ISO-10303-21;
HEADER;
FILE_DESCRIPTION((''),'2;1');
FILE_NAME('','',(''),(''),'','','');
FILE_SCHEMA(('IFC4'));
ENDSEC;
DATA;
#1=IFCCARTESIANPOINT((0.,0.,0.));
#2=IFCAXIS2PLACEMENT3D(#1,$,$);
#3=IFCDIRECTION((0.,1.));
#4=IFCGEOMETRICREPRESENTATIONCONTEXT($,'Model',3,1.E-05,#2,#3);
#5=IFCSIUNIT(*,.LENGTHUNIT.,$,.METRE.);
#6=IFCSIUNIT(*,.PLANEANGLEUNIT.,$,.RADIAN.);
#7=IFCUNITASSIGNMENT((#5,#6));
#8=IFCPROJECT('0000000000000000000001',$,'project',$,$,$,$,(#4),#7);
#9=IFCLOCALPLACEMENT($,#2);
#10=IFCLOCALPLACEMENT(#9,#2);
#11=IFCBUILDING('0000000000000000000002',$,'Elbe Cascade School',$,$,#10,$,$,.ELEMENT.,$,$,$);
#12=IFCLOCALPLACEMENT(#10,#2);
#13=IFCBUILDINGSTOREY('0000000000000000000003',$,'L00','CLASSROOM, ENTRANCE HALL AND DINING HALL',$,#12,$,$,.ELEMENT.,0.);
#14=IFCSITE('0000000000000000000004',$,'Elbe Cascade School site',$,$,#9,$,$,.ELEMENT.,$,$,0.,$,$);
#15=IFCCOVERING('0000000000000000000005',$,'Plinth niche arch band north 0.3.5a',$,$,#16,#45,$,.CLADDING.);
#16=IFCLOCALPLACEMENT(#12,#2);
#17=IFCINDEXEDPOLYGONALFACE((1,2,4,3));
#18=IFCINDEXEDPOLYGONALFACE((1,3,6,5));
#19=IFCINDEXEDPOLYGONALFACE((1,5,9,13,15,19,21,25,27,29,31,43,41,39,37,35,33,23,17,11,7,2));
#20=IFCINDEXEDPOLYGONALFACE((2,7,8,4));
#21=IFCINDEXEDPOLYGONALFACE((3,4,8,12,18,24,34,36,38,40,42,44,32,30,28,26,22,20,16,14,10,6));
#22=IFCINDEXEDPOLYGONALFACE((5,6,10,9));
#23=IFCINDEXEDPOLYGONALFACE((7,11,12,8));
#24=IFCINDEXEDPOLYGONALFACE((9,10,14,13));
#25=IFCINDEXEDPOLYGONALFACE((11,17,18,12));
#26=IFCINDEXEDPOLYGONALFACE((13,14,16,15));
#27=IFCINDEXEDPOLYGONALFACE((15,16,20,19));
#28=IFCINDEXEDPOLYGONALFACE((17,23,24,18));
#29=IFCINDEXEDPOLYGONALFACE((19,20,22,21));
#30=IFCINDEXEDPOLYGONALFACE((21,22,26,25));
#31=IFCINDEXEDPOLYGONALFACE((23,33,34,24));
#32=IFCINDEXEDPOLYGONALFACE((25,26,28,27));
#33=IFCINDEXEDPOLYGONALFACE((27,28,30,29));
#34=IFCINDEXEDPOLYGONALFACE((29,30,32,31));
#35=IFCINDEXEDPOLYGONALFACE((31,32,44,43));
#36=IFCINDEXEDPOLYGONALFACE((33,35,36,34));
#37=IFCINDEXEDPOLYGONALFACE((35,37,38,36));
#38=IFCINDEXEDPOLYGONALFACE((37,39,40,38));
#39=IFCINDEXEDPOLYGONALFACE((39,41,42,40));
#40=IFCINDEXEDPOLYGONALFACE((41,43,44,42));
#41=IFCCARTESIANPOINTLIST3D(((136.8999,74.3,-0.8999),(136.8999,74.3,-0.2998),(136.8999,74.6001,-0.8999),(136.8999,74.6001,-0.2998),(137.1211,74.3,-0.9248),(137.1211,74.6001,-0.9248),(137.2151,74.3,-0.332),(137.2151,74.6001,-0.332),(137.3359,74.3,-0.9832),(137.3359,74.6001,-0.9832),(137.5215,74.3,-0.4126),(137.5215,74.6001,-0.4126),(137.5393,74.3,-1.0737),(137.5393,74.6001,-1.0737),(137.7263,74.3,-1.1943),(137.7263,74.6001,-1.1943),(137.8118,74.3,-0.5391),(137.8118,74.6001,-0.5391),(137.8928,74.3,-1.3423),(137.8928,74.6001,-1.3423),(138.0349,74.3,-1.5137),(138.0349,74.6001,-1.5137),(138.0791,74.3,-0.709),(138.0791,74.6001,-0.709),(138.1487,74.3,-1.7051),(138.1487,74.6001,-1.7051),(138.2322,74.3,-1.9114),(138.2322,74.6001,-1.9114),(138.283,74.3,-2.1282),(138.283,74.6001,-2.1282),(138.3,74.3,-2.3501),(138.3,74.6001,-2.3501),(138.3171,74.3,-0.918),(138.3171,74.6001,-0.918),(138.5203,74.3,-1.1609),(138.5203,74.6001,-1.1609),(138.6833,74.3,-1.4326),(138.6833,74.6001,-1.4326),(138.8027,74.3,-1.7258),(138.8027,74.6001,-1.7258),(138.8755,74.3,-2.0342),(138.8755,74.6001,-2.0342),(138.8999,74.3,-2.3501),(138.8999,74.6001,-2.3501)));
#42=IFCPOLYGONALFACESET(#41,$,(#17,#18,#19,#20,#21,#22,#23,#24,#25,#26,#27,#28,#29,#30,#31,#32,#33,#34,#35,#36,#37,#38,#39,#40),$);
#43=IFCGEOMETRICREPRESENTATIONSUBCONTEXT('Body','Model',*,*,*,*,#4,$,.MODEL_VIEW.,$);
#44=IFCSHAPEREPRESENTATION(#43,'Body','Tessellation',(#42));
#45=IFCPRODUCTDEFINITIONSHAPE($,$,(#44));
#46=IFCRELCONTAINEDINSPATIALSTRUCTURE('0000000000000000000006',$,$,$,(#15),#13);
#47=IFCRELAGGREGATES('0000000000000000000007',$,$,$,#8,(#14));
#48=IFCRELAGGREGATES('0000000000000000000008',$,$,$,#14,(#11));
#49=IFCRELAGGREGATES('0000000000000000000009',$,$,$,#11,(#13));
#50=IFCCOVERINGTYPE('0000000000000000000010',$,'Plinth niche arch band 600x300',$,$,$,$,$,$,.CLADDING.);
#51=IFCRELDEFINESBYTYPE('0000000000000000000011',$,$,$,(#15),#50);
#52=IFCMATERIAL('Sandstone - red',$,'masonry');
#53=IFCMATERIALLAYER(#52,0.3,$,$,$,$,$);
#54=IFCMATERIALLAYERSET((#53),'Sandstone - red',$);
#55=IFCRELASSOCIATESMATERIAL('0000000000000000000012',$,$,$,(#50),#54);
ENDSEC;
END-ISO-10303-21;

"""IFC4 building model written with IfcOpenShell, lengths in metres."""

from ifc_helpers import new_model, si_unit, direction, frame, origin, place, context, subcontext, project, spatial, polyline, outline, extrude, material, layer, layer_set, type_object, element, save


model = new_model("IFC4")

# Units and contexts
model_context = context("Model", 3, precision=1e-05, world=origin(), true_north=direction((0.0, 1.0)))
body_context = subcontext(model_context, "Body", "Model", "MODEL_VIEW")
ifc_project = project(units=[si_unit("LENGTHUNIT", "METRE"), si_unit("PLANEANGLEUNIT", "RADIAN")], contexts=[model_context])

# Site, building, storey
site_placement = place(None, origin())
site = spatial("IfcSite", under=ifc_project, at=site_placement, Name="Elbe Cascade School site", CompositionType="ELEMENT", RefElevation=0.0)
building_placement = place(site_placement, origin())
building = spatial("IfcBuilding", under=site, at=building_placement, Name="Elbe Cascade School", CompositionType="ELEMENT")
storey_placement = place(building_placement, origin())
storey = spatial("IfcBuildingStorey", under=building, at=storey_placement, Name="L00", Description="CLASSROOM, ENTRANCE HALL AND DINING HALL", CompositionType="ELEMENT", Elevation=0.0)

# Covering
ifc_material_1 = material(Name="Sandstone - red", Category="masonry")
ifc_layer_1 = layer(ifc_material_1, 0.3)
ifc_layer_set_1 = layer_set([ifc_layer_1], Name="Sandstone - red")
covering_type_1 = type_object("IfcCoveringType", Name="Plinth niche arch band 600x300", PredefinedType="CLADDING", material=ifc_layer_set_1)
covering_1_placement = place(storey_placement, frame((138.8999, 74.6001, -2.3501), z_axis=(0.0, 1.0, 0.0), x_axis=(-1.0, 0.0, 0.0)))
element("IfcCovering", 1, at=covering_1_placement, inside=storey, type_object=covering_type_1, Name="Plinth niche arch band north 0.3.5a", PredefinedType="CLADDING", context=body_context, shape_type="SweptSolid", body=[
    extrude(outline(polyline([(0.0, 0.0), (0.5999, 0.0), (0.6169, 0.2219), (0.6677, 0.4387), (0.7512, 0.645), (0.865, 0.8364), (1.0071, 1.0078), (1.1736, 1.1558), (1.3606, 1.2764), (1.564, 1.3669), (1.7788, 1.4253), (2.0, 1.4502), (2.0, 2.0503), (1.6848, 2.0181), (1.3784, 1.9375), (1.0881, 1.811), (0.8208, 1.6411), (0.5828, 1.4321), (0.3796, 1.1892), (0.2166, 0.9175), (0.0972, 0.6243), (0.0244, 0.3159), (0.0, 0.0)])), origin(), (0.0, 0.0, -1.0), 0.3),
])

save(model, "model.ifc")
